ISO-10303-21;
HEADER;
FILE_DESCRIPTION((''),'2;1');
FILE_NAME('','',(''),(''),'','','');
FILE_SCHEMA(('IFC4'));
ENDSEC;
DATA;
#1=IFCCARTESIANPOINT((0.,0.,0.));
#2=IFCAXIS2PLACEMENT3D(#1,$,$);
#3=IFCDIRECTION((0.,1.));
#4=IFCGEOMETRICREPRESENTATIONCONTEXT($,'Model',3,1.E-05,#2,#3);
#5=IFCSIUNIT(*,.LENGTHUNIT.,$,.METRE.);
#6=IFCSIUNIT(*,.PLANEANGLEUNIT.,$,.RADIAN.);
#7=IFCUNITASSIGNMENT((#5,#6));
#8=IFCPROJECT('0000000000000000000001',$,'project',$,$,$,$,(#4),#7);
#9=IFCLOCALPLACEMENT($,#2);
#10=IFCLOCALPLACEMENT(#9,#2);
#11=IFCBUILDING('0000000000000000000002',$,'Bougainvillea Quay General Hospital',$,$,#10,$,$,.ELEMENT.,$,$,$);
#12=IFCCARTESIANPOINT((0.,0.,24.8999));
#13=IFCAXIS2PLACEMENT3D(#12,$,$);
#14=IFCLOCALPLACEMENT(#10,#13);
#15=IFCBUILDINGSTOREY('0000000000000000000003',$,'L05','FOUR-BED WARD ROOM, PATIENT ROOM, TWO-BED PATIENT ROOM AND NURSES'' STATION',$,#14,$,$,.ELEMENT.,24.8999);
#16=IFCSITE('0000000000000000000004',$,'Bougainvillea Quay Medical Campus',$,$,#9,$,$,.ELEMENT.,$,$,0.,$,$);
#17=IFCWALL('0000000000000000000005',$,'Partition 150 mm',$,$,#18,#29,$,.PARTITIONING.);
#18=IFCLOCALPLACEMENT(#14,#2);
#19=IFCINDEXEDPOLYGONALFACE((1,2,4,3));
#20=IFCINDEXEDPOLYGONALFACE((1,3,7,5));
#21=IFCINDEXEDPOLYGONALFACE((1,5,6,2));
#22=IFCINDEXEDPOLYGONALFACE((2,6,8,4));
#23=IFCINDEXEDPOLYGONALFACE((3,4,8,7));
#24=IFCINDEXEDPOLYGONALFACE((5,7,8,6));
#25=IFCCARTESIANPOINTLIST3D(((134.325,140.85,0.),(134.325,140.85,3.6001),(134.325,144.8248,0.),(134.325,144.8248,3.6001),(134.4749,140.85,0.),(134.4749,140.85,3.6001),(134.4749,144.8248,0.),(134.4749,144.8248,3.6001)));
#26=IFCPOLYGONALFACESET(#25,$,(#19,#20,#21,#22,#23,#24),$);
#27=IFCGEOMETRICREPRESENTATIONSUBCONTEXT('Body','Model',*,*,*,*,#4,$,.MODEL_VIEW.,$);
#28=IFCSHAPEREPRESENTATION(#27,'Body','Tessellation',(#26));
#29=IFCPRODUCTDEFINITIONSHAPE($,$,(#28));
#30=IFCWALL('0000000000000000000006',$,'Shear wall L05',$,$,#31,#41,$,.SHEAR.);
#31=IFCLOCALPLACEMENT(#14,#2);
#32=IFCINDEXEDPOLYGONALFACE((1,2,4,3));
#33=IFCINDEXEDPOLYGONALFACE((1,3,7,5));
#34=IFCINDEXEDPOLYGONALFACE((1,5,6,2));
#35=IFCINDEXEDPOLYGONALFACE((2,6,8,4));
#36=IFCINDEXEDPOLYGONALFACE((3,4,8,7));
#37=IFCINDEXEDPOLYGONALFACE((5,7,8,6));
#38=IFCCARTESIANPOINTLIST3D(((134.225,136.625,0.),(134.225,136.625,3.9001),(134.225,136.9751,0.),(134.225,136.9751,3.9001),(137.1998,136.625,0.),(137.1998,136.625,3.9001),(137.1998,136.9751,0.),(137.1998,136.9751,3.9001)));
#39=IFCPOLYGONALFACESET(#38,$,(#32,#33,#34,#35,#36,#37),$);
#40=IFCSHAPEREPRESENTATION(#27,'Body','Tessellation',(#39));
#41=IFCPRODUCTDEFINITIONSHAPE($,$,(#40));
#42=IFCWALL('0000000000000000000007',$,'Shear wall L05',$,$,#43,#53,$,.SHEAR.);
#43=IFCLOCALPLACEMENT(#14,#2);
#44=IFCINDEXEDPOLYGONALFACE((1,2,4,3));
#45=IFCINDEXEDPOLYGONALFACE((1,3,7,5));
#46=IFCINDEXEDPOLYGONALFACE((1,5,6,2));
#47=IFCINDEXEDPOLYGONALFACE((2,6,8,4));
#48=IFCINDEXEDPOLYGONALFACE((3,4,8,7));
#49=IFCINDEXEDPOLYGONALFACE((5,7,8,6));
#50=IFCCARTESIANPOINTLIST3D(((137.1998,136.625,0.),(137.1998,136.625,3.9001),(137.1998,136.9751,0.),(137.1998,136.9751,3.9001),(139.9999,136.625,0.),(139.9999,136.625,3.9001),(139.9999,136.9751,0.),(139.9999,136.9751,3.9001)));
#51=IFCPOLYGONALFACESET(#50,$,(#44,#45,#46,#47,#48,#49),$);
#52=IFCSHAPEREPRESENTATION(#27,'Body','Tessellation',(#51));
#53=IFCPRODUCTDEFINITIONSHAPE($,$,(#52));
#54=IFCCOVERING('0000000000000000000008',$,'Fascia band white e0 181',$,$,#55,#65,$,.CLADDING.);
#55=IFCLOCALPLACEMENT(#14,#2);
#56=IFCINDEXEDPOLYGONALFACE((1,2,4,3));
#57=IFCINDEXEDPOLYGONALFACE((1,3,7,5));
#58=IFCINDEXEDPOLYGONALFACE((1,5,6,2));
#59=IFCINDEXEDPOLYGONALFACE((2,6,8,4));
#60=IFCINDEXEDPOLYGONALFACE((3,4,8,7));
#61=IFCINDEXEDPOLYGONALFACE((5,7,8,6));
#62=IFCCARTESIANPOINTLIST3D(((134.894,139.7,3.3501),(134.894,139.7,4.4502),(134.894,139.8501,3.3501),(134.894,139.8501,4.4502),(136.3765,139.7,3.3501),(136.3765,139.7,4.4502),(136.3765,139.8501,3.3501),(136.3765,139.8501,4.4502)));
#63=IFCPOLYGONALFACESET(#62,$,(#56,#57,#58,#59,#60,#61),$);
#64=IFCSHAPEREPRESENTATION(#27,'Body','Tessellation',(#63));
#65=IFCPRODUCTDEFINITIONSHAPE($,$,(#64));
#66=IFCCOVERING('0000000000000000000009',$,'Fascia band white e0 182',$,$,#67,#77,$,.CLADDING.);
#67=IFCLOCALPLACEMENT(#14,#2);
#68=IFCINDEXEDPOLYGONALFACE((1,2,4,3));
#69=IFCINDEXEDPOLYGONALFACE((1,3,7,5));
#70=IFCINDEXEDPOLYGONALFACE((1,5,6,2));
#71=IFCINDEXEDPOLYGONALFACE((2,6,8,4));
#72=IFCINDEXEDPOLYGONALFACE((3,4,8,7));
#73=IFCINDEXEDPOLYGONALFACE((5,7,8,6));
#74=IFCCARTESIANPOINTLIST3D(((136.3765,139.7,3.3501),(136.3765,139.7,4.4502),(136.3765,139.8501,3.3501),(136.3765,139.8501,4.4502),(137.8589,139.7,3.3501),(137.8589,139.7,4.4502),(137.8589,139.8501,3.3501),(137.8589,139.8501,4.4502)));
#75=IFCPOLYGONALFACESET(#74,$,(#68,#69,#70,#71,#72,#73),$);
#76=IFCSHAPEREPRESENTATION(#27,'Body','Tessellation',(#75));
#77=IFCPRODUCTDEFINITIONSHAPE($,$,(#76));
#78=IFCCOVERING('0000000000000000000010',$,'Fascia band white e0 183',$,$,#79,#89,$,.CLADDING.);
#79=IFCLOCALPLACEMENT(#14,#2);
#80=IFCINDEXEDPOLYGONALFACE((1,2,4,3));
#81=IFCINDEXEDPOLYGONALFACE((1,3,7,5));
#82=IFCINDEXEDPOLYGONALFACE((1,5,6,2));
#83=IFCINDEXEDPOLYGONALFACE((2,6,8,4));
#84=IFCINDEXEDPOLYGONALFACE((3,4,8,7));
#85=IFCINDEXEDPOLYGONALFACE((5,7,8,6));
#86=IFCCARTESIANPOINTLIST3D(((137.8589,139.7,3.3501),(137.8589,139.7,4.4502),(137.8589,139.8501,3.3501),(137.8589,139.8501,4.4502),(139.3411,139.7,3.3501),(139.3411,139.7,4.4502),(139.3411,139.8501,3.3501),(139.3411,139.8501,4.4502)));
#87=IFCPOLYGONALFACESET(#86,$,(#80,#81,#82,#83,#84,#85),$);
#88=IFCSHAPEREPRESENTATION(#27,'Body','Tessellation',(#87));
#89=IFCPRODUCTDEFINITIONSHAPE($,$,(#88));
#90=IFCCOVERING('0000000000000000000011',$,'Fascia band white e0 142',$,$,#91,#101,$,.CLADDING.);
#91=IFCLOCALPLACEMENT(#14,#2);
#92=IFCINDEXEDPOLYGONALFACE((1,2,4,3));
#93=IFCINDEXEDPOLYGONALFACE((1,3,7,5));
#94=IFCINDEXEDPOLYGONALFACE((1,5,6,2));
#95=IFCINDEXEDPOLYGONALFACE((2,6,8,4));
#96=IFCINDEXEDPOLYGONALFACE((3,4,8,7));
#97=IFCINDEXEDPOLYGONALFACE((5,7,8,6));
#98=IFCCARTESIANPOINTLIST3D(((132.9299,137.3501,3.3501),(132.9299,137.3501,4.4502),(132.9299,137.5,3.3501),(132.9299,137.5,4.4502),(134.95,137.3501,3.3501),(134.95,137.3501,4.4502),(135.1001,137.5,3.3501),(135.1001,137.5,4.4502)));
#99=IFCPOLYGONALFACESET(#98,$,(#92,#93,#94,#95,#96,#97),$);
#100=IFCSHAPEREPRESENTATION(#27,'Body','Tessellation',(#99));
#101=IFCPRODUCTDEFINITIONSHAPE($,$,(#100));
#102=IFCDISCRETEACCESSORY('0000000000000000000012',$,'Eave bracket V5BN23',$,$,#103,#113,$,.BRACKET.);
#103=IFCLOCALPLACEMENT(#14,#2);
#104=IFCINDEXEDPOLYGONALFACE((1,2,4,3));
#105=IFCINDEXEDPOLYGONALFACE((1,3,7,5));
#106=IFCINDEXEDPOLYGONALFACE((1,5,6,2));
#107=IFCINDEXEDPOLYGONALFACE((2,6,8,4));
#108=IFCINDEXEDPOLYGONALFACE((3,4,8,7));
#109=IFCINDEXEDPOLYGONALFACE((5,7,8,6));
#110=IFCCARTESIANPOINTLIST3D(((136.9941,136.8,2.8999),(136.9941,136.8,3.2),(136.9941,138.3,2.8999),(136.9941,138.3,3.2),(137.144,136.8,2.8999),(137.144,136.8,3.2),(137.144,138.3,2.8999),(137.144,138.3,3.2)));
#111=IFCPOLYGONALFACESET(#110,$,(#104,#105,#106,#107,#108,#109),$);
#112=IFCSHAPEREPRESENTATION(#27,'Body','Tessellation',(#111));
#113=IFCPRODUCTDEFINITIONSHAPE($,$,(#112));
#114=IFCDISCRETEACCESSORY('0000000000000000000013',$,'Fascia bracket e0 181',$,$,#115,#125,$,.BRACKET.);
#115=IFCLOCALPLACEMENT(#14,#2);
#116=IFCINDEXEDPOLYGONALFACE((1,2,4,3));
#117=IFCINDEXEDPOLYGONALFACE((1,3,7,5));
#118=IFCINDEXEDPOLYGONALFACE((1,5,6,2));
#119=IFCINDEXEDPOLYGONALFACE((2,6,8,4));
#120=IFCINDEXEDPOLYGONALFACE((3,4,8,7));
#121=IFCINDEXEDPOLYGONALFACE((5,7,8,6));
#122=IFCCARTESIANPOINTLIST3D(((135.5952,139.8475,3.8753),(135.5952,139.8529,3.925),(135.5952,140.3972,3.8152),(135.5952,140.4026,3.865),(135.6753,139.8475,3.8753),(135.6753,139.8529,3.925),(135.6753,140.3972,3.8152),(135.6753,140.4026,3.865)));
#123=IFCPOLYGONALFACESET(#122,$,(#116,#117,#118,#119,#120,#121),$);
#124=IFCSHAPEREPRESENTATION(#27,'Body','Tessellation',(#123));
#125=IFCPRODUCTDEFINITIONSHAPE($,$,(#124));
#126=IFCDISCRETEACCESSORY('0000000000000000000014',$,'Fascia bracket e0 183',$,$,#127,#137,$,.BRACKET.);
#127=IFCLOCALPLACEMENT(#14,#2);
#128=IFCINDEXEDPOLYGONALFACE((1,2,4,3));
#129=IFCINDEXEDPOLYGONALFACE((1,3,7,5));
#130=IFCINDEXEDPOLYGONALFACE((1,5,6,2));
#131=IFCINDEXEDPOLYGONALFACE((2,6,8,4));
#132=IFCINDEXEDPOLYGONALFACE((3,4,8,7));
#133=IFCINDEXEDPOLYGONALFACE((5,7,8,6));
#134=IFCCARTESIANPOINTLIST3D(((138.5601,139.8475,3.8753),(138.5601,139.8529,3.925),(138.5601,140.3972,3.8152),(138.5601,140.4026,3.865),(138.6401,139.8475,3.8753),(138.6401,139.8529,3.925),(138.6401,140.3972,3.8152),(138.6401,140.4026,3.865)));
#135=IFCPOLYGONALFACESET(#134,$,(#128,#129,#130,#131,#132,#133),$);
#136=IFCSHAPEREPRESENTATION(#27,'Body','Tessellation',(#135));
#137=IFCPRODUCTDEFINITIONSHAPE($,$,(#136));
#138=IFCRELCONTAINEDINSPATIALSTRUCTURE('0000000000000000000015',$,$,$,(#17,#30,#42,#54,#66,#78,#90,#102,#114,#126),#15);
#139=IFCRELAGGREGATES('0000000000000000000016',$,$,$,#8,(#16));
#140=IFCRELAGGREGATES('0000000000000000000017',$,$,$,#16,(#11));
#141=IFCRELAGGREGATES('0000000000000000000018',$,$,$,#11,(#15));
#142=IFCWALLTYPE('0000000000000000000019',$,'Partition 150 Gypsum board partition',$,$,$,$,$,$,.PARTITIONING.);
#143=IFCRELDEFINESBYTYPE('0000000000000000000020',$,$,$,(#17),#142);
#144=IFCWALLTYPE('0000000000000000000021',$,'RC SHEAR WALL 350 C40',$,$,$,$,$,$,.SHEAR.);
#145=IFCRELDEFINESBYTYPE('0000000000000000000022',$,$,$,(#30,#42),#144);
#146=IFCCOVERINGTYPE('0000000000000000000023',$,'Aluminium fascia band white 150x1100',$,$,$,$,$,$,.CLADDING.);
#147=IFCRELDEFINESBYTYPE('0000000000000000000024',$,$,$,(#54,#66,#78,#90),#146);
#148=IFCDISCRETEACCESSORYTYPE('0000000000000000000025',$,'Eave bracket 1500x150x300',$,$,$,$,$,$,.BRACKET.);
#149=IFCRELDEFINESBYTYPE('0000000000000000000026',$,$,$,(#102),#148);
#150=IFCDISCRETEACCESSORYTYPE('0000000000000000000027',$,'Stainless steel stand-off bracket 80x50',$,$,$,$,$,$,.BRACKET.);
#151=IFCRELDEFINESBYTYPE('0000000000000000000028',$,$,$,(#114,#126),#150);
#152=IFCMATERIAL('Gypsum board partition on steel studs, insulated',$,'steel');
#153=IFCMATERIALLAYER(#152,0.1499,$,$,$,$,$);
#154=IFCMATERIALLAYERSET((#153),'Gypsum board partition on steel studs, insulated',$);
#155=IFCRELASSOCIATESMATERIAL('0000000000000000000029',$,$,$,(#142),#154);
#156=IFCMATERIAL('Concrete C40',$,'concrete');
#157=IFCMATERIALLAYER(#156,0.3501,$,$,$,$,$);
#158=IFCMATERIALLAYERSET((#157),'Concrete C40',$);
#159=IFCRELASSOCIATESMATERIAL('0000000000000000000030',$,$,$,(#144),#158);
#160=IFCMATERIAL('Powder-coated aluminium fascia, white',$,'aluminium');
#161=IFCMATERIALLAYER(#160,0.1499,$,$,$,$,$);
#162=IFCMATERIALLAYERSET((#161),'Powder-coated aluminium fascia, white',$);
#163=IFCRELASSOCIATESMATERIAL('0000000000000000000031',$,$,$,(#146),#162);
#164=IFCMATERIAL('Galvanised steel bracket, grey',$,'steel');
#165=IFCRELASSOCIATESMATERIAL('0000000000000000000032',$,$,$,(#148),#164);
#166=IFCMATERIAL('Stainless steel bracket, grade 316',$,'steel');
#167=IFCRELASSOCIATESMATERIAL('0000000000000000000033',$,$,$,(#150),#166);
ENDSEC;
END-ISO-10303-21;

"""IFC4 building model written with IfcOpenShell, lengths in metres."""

from ifc_helpers import new_model, si_unit, direction, frame, frame_2d, origin, origin_2d, place, context, subcontext, project, spatial, polyline, rectangle, outline, extrude, material, layer, layer_set, material_profile, profile_set, type_object, element, save


model = new_model("IFC4")

# Units and contexts
model_context = context("Model", 3, precision=1e-05, world=origin(), true_north=direction((0.0, 1.0)))
body_context = subcontext(model_context, "Body", "Model", "MODEL_VIEW")
ifc_project = project(units=[si_unit("LENGTHUNIT", "METRE"), si_unit("PLANEANGLEUNIT", "RADIAN")], contexts=[model_context])

# Site, building, storey
site_placement = place(None, origin())
site = spatial("IfcSite", under=ifc_project, at=site_placement, Name="Bougainvillea Quay Medical Campus", CompositionType="ELEMENT", RefElevation=0.0)
building_placement = place(site_placement, origin())
building = spatial("IfcBuilding", under=site, at=building_placement, Name="Bougainvillea Quay General Hospital", CompositionType="ELEMENT")
storey_placement = place(building_placement, frame((0.0, 0.0, 24.8999)))
storey = spatial("IfcBuildingStorey", under=building, at=storey_placement, Name="L05", Description="FOUR-BED WARD ROOM, PATIENT ROOM, TWO-BED PATIENT ROOM AND NURSES' STATION", CompositionType="ELEMENT", Elevation=24.8999)

# Shared definitions
ifc_material_1 = material(Name="Concrete C40", Category="concrete")

# Walls
ifc_material_2 = material(Name="Gypsum board partition on steel studs, insulated", Category="steel")
ifc_layer_1 = layer(ifc_material_2, 0.1499)
ifc_layer_set_1 = layer_set([ifc_layer_1], Name="Gypsum board partition on steel studs, insulated")
wall_type_1 = type_object("IfcWallType", Name="Partition 150 Gypsum board partition", PredefinedType="PARTITIONING", material=ifc_layer_set_1)
wall_1_placement = place(storey_placement, frame((134.3999, 140.8501, 0.0), z_axis=(0.0, 0.0, 1.0), x_axis=(0.0, 1.0, 0.0)))
element("IfcWall", 1, at=wall_1_placement, inside=storey, type_object=wall_type_1, Name="Partition 150 mm", PredefinedType="PARTITIONING", context=body_context, shape_type="SweptSolid", body=[
    extrude(rectangle(XDim=3.9749, YDim=0.1499, at=frame_2d((1.9873, 0.0))), origin(), (0.0, 0.0, 1.0), 3.6001),
])
ifc_layer_2 = layer(ifc_material_1, 0.3501)
ifc_layer_set_2 = layer_set([ifc_layer_2], Name="Concrete C40")
wall_type_2 = type_object("IfcWallType", Name="RC SHEAR WALL 350 C40", PredefinedType="SHEAR", material=ifc_layer_set_2)
wall_2_placement = place(storey_placement, frame((134.2251, 136.8, 0.0), z_axis=(0.0, 0.0, 1.0), x_axis=(1.0, 0.0, 0.0)))
element("IfcWall", 2, at=wall_2_placement, inside=storey, type_object=wall_type_2, Name="Shear wall L05", PredefinedType="SHEAR", context=body_context, shape_type="SweptSolid", body=[
    extrude(rectangle(XDim=2.9749, YDim=0.3501, at=frame_2d((1.4873, 0.0))), origin(), (0.0, 0.0, 1.0), 3.9001),
])
wall_3_placement = place(storey_placement, frame((137.2, 136.8, 0.0), z_axis=(0.0, 0.0, 1.0), x_axis=(1.0, 0.0, 0.0)))
element("IfcWall", 3, at=wall_3_placement, inside=storey, type_object=wall_type_2, Name="Shear wall L05", PredefinedType="SHEAR", context=body_context, shape_type="SweptSolid", body=[
    extrude(rectangle(XDim=2.8, YDim=0.3501, at=frame_2d((1.3999, 0.0))), origin(), (0.0, 0.0, 1.0), 3.9001),
])

# Coverings
ifc_material_3 = material(Name="Powder-coated aluminium fascia, white", Category="aluminium")
ifc_layer_3 = layer(ifc_material_3, 0.1499)
ifc_layer_set_3 = layer_set([ifc_layer_3], Name="Powder-coated aluminium fascia, white")
covering_type = type_object("IfcCoveringType", Name="Aluminium fascia band white 150x1100", PredefinedType="CLADDING", material=ifc_layer_set_3)
for number, where, z_axis, x_axis, name in (
    (4, (134.894, 139.8501, 3.3501), (0.0, 0.0, 1.0), (1.0, 0.0, 0.0), "Fascia band white e0 181"),
    (5, (136.3765, 139.8501, 3.3501), (0.0, 0.0, 1.0), (1.0, 0.0, 0.0), "Fascia band white e0 182"),
):
    element("IfcCovering", number, at=place(storey_placement, frame(where, z_axis=z_axis, x_axis=x_axis)), inside=storey, type_object=covering_type, Name=name, PredefinedType="CLADDING", context=body_context, shape_type="SweptSolid", body=[
        extrude(outline(polyline([(0.0, 0.0), (1.4824, 0.0), (1.4824, -0.1501), (0.0, -0.1501), (0.0, 0.0)])), origin(), (0.0, 0.0, 1.0), 1.1001),
    ])
covering_1_placement = place(storey_placement, frame((137.8589, 139.8501, 3.3501), z_axis=(0.0, 0.0, 1.0), x_axis=(1.0, 0.0, 0.0)))
element("IfcCovering", 6, at=covering_1_placement, inside=storey, type_object=covering_type, Name="Fascia band white e0 183", PredefinedType="CLADDING", context=body_context, shape_type="SweptSolid", body=[
    extrude(outline(polyline([(0.0, 0.0), (1.4822, 0.0), (1.4822, -0.1501), (0.0, -0.1501), (0.0, 0.0)])), origin(), (0.0, 0.0, 1.0), 1.1001),
])
covering_2_placement = place(storey_placement, frame((134.95, 137.3501, 3.3501), z_axis=(0.0, 0.0, 1.0), x_axis=(-1.0, 0.0, 0.0)))
element("IfcCovering", 7, at=covering_2_placement, inside=storey, type_object=covering_type, Name="Fascia band white e0 142", PredefinedType="CLADDING", context=body_context, shape_type="SweptSolid", body=[
    extrude(outline(polyline([(0.0, 0.0), (2.02, 0.0), (2.02, -0.1499), (-0.1501, -0.1499), (0.0, 0.0)])), origin(), (0.0, 0.0, 1.0), 1.1001),
])

# Discrete accessories
ifc_material_4 = material(Name="Galvanised steel bracket, grey", Category="steel")
discrete_accessory_type_1 = type_object("IfcDiscreteAccessoryType", Name="Eave bracket 1500x150x300", PredefinedType="BRACKET", material=ifc_material_4)
discrete_accessory_placement = place(storey_placement, frame((137.0691, 137.55, 2.8999), z_axis=(0.0, 0.0, 1.0), x_axis=(1.0, 0.0, 0.0)))
element("IfcDiscreteAccessory", 8, at=discrete_accessory_placement, inside=storey, type_object=discrete_accessory_type_1, Name="Eave bracket V5BN23", PredefinedType="BRACKET", context=body_context, shape_type="SweptSolid", body=[
    extrude(rectangle(XDim=0.1499, YDim=1.5, at=origin_2d()), origin(), (0.0, 0.0, 1.0), 0.3),
])
ifc_material_5 = material(Name="Stainless steel bracket, grade 316", Category="steel")
ifc_material_profile_1 = material_profile(ifc_material_5, rectangle(XDim=0.0801, YDim=0.05, at=origin_2d()))
ifc_profile_set_1 = profile_set([ifc_material_profile_1], Name="Stainless steel bracket, grade 316")
discrete_accessory_type_2 = type_object("IfcDiscreteAccessoryType", Name="Stainless steel stand-off bracket 80x50", PredefinedType="BRACKET", material=ifc_profile_set_1)
for number, where, z_axis, x_axis, name in (
    (9, (135.6353, 140.3999, 3.8401), (0.0, -0.994087, 0.10859), (1.0, 0.0, 0.0), "Fascia bracket e0 181"),
    (10, (138.6001, 140.3999, 3.8401), (0.0, -0.994087, 0.10859), (1.0, 0.0, 0.0), "Fascia bracket e0 183"),
):
    element("IfcDiscreteAccessory", number, at=place(storey_placement, frame(where, z_axis=z_axis, x_axis=x_axis)), inside=storey, type_object=discrete_accessory_type_2, Name=name, PredefinedType="BRACKET", context=body_context, shape_type="SweptSolid", body=[
        extrude(rectangle(XDim=0.0801, YDim=0.05, at=origin_2d()), origin(), (0.0, 0.0, 1.0), 0.553),
    ])

save(model, "model.ifc")
